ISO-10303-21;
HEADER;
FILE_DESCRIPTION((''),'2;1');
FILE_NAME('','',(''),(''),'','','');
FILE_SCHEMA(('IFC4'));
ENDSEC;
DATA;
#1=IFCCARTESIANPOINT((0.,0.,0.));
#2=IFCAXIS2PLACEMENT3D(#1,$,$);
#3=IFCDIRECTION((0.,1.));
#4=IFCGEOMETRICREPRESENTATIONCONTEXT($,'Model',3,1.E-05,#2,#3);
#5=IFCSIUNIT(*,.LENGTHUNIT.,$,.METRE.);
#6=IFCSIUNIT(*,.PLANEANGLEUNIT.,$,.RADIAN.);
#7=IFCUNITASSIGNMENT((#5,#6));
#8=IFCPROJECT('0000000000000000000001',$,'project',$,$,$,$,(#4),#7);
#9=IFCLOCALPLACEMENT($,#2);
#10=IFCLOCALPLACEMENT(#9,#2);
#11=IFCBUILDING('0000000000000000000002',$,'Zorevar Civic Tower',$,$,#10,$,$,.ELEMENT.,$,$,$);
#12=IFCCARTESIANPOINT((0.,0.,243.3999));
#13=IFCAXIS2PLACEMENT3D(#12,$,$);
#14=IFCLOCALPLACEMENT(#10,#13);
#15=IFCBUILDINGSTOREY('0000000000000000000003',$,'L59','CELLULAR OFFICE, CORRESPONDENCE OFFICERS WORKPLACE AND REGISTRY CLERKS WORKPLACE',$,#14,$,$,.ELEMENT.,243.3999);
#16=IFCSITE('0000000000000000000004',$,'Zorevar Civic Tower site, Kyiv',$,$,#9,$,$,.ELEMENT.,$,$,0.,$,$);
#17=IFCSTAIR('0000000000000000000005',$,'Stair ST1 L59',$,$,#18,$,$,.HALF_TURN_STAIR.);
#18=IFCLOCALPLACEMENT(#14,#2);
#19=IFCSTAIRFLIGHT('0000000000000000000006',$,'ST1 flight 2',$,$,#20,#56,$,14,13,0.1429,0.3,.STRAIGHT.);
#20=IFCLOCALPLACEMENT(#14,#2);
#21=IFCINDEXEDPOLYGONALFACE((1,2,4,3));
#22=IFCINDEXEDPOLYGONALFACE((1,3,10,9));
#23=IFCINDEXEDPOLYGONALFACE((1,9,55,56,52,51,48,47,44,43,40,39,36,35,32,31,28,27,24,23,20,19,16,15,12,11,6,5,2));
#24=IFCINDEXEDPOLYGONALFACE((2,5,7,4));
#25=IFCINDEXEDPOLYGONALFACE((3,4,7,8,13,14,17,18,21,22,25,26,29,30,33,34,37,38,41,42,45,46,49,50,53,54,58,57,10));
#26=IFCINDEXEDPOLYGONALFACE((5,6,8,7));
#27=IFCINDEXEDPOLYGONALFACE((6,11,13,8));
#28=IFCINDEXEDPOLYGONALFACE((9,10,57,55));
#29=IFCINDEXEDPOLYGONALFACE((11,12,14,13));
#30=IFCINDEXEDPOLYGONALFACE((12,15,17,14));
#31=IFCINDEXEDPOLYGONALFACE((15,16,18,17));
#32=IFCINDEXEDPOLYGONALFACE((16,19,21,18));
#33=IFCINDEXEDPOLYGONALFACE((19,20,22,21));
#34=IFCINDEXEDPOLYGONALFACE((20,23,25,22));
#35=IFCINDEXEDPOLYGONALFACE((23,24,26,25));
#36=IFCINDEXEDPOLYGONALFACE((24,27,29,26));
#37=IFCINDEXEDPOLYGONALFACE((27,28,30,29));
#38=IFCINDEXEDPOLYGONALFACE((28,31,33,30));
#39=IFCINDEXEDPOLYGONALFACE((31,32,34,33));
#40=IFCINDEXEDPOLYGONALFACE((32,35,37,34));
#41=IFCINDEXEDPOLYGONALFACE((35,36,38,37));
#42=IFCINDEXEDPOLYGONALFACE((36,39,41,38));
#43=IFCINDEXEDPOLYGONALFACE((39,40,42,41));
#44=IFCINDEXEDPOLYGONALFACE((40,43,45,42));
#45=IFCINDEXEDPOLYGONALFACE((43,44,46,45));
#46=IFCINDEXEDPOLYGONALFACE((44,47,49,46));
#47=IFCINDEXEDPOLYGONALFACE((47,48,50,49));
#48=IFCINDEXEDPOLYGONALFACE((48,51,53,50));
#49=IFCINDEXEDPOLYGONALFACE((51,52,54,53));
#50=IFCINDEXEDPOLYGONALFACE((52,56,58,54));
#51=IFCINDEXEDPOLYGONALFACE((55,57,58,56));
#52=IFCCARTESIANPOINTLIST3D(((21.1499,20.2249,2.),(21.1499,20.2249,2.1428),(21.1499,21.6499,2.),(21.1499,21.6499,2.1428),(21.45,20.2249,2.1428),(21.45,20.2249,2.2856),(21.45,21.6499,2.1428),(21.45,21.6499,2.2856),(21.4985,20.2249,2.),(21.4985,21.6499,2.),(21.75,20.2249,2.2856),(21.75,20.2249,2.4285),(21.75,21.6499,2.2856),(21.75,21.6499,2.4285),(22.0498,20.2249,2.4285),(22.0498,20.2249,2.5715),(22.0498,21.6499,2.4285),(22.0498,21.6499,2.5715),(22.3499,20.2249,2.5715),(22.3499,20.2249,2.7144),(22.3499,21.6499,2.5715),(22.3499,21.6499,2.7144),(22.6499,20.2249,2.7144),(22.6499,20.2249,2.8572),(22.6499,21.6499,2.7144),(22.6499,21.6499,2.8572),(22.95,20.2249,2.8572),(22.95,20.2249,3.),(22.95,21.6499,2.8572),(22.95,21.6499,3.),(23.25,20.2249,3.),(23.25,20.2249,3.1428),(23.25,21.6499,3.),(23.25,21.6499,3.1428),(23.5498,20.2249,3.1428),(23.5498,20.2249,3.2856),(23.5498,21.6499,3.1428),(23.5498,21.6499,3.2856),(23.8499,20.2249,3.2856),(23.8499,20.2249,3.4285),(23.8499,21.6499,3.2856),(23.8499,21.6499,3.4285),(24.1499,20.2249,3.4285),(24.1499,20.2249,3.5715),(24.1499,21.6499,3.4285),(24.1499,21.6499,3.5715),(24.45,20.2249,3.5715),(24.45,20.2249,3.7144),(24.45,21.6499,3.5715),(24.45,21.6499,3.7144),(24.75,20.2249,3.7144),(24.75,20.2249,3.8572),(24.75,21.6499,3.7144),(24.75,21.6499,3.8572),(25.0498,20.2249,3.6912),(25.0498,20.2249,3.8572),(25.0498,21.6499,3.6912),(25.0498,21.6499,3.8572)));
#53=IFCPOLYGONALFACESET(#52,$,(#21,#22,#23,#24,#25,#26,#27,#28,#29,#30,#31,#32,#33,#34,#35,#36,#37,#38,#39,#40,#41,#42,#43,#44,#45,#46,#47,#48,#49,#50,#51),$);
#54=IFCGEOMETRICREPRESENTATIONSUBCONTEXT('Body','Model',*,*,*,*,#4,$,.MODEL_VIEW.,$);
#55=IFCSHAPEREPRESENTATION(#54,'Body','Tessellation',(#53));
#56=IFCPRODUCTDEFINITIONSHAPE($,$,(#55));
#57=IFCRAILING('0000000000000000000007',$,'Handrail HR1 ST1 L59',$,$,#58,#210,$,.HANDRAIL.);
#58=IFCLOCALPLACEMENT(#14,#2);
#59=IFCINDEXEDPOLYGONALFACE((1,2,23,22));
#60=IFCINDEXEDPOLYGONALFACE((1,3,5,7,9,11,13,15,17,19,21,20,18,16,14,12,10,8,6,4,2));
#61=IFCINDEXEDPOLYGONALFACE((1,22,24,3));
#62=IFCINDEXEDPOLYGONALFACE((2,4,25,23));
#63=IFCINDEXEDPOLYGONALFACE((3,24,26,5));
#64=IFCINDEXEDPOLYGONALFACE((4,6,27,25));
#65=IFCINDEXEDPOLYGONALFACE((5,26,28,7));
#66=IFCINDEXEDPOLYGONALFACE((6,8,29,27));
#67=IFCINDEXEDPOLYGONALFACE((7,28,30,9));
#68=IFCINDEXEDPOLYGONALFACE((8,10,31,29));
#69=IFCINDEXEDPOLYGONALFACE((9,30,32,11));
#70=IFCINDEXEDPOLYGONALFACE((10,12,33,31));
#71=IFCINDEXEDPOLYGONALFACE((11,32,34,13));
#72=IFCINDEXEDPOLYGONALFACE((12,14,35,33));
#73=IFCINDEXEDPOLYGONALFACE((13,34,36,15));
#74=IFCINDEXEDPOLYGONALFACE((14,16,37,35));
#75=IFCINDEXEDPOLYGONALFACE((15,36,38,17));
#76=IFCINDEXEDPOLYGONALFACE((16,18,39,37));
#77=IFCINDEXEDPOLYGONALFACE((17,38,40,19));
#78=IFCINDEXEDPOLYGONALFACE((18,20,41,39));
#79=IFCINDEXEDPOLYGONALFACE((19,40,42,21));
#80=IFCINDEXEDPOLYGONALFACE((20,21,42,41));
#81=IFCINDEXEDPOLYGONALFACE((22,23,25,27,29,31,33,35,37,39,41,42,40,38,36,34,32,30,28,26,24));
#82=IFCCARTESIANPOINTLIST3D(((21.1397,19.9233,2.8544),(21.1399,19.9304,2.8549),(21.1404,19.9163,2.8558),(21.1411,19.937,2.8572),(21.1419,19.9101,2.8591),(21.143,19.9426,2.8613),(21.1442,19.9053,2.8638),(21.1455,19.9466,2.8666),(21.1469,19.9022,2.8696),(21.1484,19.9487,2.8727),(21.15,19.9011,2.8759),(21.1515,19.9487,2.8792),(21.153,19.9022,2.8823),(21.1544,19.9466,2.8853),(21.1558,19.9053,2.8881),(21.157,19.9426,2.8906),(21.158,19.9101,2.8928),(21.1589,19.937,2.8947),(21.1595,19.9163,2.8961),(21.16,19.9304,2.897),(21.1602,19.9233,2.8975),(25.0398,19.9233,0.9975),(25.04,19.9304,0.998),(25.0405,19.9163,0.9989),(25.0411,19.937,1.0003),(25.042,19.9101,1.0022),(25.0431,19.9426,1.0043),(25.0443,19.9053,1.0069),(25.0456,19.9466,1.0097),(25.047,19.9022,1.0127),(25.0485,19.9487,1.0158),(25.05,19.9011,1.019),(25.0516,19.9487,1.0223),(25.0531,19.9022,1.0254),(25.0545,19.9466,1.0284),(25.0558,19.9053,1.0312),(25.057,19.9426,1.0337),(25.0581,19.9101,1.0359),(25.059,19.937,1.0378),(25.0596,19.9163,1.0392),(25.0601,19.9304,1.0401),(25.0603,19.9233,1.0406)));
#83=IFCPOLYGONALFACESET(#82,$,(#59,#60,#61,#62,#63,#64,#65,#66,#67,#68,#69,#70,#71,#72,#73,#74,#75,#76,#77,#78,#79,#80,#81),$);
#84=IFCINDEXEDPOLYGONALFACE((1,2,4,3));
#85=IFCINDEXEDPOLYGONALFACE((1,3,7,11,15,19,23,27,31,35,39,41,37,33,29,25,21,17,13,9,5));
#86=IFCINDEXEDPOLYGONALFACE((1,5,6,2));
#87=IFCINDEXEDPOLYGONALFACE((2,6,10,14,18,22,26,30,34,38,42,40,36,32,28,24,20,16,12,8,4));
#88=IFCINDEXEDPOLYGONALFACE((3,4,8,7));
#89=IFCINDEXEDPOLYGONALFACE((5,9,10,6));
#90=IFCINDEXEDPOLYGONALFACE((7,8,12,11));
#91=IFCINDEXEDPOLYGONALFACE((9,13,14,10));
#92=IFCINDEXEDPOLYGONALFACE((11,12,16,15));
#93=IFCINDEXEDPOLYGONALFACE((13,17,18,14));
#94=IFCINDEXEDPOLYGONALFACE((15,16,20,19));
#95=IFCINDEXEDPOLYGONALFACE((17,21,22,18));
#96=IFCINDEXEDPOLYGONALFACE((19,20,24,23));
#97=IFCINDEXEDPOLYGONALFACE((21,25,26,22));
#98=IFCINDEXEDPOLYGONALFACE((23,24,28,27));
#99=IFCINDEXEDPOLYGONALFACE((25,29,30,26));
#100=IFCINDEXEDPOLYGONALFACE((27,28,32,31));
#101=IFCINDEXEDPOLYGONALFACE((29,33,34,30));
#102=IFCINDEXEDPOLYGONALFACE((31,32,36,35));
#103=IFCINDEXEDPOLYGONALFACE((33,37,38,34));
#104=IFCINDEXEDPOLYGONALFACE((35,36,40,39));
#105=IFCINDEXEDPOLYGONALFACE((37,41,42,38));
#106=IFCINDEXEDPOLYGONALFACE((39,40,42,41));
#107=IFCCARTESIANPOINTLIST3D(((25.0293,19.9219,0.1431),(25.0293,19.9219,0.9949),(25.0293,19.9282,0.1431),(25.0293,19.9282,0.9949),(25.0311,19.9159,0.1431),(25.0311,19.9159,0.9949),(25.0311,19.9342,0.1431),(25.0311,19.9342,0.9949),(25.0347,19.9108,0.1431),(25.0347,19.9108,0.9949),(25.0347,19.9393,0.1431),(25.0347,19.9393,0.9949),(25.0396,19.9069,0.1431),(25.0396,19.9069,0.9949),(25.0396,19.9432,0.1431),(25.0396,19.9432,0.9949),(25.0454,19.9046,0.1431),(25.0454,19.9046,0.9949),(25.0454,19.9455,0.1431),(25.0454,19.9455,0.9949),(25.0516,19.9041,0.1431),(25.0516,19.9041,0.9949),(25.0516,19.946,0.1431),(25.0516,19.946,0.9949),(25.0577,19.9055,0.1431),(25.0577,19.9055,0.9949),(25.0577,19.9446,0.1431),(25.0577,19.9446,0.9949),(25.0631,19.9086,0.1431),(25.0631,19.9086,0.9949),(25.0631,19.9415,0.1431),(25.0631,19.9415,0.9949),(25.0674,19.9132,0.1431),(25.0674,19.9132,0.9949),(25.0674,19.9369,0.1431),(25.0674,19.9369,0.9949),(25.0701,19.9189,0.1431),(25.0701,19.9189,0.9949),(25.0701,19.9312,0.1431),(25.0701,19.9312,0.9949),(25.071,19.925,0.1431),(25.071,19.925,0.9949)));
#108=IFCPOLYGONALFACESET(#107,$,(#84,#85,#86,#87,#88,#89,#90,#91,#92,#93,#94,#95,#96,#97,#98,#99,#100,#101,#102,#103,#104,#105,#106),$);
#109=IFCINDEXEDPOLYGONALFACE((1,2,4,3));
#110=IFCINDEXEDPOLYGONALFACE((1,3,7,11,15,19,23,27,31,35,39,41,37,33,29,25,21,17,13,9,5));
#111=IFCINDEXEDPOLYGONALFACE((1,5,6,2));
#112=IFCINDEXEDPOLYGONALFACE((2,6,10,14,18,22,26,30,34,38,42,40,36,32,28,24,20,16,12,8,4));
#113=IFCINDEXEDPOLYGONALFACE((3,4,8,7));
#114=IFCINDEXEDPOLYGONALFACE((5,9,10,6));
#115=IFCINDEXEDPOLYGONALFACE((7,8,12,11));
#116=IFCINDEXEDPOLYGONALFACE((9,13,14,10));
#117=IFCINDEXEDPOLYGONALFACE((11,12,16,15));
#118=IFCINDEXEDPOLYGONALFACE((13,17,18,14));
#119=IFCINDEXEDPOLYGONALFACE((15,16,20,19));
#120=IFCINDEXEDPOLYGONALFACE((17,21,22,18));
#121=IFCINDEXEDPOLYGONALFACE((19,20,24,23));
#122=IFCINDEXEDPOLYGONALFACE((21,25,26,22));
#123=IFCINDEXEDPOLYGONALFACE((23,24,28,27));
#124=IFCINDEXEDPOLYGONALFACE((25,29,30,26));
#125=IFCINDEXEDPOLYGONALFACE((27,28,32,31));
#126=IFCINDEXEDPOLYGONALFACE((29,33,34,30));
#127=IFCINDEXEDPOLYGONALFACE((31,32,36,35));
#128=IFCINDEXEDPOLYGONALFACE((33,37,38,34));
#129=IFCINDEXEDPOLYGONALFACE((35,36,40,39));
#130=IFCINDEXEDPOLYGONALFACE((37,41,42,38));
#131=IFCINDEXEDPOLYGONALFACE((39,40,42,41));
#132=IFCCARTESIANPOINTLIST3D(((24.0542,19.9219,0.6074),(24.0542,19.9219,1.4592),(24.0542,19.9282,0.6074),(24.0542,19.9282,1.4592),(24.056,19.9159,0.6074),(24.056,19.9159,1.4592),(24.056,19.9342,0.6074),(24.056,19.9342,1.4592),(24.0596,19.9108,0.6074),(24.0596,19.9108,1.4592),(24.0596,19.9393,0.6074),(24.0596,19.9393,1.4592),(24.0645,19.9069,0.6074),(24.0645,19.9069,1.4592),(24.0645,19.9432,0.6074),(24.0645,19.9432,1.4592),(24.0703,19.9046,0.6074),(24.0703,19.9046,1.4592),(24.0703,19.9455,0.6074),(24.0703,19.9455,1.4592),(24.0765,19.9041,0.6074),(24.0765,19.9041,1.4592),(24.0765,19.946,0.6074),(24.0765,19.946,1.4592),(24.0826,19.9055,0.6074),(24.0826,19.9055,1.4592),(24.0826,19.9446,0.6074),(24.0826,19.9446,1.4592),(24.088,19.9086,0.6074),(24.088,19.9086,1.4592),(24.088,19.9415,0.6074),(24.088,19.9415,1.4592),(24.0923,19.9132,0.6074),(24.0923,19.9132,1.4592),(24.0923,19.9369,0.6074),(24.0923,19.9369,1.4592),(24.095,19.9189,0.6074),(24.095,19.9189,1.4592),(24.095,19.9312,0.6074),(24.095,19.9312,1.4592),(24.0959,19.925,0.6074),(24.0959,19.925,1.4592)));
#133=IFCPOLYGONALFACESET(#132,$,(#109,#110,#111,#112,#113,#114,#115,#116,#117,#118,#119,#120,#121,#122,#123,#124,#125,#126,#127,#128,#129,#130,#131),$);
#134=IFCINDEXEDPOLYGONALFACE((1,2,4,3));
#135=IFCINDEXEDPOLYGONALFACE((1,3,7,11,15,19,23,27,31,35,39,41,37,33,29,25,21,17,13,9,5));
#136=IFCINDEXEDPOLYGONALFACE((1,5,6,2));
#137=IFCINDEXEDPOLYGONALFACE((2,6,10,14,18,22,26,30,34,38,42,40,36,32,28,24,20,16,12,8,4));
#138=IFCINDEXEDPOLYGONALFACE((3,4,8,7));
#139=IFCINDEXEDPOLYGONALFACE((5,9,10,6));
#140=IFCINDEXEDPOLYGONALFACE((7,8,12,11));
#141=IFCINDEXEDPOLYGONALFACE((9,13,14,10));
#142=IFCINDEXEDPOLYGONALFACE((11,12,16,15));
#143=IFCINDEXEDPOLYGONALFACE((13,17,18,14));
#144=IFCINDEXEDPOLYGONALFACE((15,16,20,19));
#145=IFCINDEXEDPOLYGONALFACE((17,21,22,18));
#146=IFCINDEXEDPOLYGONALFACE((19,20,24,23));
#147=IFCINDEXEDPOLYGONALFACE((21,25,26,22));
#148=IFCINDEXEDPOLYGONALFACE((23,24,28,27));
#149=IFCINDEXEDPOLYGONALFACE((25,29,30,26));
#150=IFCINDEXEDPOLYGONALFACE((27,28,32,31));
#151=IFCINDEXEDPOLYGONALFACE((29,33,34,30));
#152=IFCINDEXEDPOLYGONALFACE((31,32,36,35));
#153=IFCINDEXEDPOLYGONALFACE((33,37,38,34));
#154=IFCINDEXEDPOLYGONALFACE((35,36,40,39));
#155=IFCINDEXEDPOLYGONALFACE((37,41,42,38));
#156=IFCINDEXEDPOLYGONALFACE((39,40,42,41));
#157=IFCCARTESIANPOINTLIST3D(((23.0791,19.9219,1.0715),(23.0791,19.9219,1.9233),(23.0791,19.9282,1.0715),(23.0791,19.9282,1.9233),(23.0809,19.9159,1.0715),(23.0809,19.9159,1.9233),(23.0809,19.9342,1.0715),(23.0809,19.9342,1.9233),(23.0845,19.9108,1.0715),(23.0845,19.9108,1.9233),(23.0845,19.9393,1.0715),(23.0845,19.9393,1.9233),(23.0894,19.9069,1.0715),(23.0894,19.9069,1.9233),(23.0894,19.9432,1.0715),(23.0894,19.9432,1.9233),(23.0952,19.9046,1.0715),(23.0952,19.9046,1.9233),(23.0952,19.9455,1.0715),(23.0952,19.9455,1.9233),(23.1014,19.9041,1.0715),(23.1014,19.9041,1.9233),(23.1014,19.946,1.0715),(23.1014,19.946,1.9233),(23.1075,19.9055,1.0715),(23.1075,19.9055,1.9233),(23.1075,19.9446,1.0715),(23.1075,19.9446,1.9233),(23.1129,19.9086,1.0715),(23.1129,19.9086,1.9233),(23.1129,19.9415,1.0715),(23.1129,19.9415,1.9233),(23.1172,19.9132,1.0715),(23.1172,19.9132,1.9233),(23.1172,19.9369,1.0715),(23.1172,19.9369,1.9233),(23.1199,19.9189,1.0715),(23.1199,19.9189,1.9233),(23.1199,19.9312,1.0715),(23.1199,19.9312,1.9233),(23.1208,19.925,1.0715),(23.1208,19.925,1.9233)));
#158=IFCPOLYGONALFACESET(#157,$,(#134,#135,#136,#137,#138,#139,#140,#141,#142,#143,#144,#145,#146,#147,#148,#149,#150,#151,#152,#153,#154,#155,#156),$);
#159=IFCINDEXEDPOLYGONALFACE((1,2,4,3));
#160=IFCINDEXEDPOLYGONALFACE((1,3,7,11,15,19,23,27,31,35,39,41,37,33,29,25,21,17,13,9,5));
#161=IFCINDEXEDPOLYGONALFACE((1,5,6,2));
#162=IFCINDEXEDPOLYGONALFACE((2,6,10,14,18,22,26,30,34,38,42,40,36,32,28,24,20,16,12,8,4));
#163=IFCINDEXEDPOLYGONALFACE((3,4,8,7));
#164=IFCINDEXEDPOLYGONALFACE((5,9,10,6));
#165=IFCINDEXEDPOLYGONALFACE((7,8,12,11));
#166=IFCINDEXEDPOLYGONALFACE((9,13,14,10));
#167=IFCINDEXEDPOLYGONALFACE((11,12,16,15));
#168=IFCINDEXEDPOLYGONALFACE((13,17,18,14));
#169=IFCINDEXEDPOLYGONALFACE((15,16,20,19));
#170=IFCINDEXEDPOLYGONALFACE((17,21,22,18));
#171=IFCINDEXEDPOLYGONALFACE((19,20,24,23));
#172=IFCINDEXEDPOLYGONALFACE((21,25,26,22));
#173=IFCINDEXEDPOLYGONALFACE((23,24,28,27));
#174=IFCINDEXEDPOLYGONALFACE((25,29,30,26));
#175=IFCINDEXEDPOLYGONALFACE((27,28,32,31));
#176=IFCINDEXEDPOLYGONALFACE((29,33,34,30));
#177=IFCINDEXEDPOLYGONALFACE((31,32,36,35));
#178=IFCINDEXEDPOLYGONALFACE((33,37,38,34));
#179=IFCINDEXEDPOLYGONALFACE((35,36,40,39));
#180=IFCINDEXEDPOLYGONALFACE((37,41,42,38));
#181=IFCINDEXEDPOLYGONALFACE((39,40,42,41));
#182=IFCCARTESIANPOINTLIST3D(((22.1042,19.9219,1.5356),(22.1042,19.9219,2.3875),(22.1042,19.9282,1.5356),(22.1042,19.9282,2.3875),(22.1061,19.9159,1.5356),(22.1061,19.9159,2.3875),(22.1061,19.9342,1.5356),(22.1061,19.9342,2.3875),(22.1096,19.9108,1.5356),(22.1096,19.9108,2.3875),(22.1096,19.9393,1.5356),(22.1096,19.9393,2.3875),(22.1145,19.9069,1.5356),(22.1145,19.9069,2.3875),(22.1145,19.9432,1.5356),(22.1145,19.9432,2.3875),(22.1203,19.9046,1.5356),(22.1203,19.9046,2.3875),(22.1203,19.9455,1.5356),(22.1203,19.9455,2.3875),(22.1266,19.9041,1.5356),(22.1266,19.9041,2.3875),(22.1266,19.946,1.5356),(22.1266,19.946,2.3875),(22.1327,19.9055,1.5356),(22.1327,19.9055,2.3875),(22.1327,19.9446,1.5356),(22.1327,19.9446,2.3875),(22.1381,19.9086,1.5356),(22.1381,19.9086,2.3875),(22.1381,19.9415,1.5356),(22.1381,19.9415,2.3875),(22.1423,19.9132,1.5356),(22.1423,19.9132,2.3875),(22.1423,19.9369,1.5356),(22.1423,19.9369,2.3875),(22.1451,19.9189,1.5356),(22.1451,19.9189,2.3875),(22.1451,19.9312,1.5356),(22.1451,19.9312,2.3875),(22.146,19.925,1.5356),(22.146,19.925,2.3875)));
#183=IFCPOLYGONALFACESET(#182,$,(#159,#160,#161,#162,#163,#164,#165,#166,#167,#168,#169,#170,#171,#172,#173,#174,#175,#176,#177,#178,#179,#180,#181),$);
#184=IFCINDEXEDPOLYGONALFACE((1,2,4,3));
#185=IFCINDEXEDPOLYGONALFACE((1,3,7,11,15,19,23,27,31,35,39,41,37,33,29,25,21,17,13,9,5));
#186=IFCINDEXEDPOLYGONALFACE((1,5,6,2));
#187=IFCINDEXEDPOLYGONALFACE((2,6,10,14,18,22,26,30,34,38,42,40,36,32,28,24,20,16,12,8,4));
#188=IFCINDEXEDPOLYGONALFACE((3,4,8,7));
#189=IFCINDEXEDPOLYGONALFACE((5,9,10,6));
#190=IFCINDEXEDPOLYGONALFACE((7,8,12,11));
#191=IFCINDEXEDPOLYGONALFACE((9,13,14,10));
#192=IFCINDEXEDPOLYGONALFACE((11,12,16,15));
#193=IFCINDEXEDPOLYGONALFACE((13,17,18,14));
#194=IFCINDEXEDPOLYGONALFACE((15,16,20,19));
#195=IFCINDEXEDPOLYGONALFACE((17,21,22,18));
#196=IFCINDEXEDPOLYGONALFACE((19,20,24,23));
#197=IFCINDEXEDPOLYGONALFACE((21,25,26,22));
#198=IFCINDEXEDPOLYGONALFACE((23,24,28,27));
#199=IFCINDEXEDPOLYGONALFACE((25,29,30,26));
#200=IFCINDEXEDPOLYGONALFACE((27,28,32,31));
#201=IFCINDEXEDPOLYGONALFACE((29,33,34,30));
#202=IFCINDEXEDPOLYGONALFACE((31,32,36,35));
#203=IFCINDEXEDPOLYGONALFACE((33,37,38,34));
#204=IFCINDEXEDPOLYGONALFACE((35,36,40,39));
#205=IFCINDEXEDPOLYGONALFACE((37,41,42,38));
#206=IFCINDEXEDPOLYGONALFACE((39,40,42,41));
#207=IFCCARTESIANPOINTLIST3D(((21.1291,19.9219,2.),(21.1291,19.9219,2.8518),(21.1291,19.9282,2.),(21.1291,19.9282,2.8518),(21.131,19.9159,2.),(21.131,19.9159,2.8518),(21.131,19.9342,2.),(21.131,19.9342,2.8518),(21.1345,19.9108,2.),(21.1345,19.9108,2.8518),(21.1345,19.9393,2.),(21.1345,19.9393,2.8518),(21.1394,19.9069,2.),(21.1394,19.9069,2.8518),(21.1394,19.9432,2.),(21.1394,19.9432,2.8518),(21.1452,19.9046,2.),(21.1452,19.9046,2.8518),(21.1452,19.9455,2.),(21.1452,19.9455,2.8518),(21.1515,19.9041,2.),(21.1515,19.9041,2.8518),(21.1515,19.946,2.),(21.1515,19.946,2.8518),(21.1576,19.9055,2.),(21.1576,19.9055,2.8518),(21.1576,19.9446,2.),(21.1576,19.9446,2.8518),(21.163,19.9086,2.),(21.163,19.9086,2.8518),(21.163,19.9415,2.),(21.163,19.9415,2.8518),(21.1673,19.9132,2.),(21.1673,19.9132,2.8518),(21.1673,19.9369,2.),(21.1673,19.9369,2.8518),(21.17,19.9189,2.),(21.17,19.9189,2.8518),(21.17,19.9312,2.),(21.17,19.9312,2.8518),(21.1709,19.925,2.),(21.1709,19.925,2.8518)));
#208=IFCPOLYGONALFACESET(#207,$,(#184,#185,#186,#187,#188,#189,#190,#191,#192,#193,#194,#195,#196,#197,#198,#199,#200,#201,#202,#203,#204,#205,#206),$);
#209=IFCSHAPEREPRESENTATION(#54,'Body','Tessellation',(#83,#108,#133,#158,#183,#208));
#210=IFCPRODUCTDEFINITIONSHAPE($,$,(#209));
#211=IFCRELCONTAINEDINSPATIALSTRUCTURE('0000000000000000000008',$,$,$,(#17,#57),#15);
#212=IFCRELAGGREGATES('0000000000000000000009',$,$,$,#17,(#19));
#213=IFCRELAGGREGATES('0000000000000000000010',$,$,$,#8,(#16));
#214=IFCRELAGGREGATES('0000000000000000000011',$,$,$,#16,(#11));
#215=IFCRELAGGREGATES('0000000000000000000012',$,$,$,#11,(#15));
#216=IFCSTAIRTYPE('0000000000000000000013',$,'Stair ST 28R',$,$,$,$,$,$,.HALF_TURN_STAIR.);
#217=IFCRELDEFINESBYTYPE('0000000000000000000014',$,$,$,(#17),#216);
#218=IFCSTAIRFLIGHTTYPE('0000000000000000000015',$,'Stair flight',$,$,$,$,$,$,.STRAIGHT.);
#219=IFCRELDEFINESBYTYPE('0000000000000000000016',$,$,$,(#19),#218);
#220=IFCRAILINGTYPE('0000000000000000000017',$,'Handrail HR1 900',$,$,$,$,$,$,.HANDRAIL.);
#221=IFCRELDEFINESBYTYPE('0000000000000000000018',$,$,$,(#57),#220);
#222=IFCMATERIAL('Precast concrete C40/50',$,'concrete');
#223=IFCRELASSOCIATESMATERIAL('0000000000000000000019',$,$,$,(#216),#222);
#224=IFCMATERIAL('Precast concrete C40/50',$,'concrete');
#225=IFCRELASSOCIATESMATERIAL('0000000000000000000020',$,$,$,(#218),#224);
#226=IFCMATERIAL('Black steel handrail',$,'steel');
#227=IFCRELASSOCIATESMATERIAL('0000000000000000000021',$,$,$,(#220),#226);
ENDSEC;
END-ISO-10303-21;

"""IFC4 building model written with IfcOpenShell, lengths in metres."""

from ifc_helpers import new_model, si_unit, direction, frame, origin, origin_2d, place, context, subcontext, project, spatial, polyline, circle, outline, extrude, material, type_object, element, aggregate, save


model = new_model("IFC4")

# Units and contexts
model_context = context("Model", 3, precision=1e-05, world=origin(), true_north=direction((0.0, 1.0)))
body_context = subcontext(model_context, "Body", "Model", "MODEL_VIEW")
ifc_project = project(units=[si_unit("LENGTHUNIT", "METRE"), si_unit("PLANEANGLEUNIT", "RADIAN")], contexts=[model_context])

# Site, building, storey
site_placement = place(None, origin())
site = spatial("IfcSite", under=ifc_project, at=site_placement, Name="Zorevar Civic Tower site, Kyiv", CompositionType="ELEMENT", RefElevation=0.0)
building_placement = place(site_placement, origin())
building = spatial("IfcBuilding", under=site, at=building_placement, Name="Zorevar Civic Tower", CompositionType="ELEMENT")
storey_placement = place(building_placement, frame((0.0, 0.0, 243.3999)))
storey = spatial("IfcBuildingStorey", under=building, at=storey_placement, Name="L59", Description="CELLULAR OFFICE, CORRESPONDENCE OFFICERS WORKPLACE AND REGISTRY CLERKS WORKPLACE", CompositionType="ELEMENT", Elevation=243.3999)

# Stair, stair flight
ifc_material_1 = material(Name="Precast concrete C40/50", Category="concrete")
stair_type = type_object("IfcStairType", Name="Stair ST 28R", PredefinedType="HALF_TURN_STAIR", material=ifc_material_1)
stair_placement = place(storey_placement, origin())
stair = element("IfcStair", 1, at=stair_placement, inside=storey, type_object=stair_type, Name="Stair ST1 L59", PredefinedType="HALF_TURN_STAIR")
ifc_material_2 = material(Name="Precast concrete C40/50", Category="concrete")
stair_flight_type = type_object("IfcStairFlightType", Name="Stair flight", PredefinedType="STRAIGHT", material=ifc_material_2)
stair_flight_1_placement = place(storey_placement, frame((21.1499, 20.9375, 2.0), z_axis=(0.0, 0.0, 1.0), x_axis=(1.0, 0.0, 0.0)))
stair_flight_1 = element("IfcStairFlight", 2, at=stair_flight_1_placement, type_object=stair_flight_type, Name="ST1 flight 2", NumberOfRisers=14, NumberOfTreads=13, PredefinedType="STRAIGHT", RiserHeight=0.1429, TreadLength=0.3, context=body_context, shape_type="SweptSolid", body=[
    extrude(outline(polyline([(0.0, 0.0), (0.0, 0.1428), (0.3, 0.1428), (0.3, 0.2856), (0.6001, 0.2856), (0.6001, 0.4285), (0.8999, 0.4285), (0.8999, 0.5715), (1.2, 0.5715), (1.2, 0.7144), (1.5, 0.7144), (1.5, 0.8572), (1.8, 0.8572), (1.8, 1.0), (2.1001, 1.0), (2.1001, 1.1428), (2.3999, 1.1428), (2.3999, 1.2856), (2.7, 1.2856), (2.7, 1.4285), (3.0, 1.4285), (3.0, 1.5715), (3.3, 1.5715), (3.3, 1.7144), (3.6001, 1.7144), (3.6001, 1.8572), (3.8999, 1.8572), (3.8999, 2.0), (3.8999, 1.6912), (0.3486, 0.0), (0.0, 0.0)])), frame((0.0, 0.7124, 0.0), z_axis=(0.0, -1.0, 0.0), x_axis=(1.0, 0.0, 0.0)), (0.0, 0.0, 1.0), 1.425),
])
aggregate(stair, [stair_flight_1])

# Railing
ifc_material_3 = material(Name="Black steel handrail", Category="steel")
railing_type = type_object("IfcRailingType", Name="Handrail HR1 900", PredefinedType="HANDRAIL", material=ifc_material_3)
railing_1_placement = place(storey_placement, frame((25.05, 19.925, 0.1431)))
element("IfcRailing", 3, at=railing_1_placement, inside=storey, type_object=railing_type, Name="Handrail HR1 ST1 L59", PredefinedType="HANDRAIL", context=body_context, shape_type="SweptSolid", body=[
    extrude(circle(Radius=0.0239, at=origin_2d()), frame((0.0, 0.0, 0.876), z_axis=(-0.902886, 0.0, 0.429881), x_axis=(0.0, -1.0, 0.0)), (0.0, 0.0, 1.0), 4.3196),
    extrude(circle(Radius=0.021, at=origin_2d()), origin(), (0.0, 0.0, 1.0), 0.8518),
    extrude(circle(Radius=0.021, at=origin_2d()), frame((-0.9751, 0.0, 0.4644)), (0.0, 0.0, 1.0), 0.8518),
    extrude(circle(Radius=0.021, at=origin_2d()), frame((-1.9502, 0.0, 0.9285)), (0.0, 0.0, 1.0), 0.8518),
    extrude(circle(Radius=0.021, at=origin_2d()), frame((-2.925, 0.0, 1.3926)), (0.0, 0.0, 1.0), 0.8518),
    extrude(circle(Radius=0.021, at=origin_2d()), frame((-3.9001, 0.0, 1.8569)), (0.0, 0.0, 1.0), 0.8518),
])

save(model, "model.ifc")
